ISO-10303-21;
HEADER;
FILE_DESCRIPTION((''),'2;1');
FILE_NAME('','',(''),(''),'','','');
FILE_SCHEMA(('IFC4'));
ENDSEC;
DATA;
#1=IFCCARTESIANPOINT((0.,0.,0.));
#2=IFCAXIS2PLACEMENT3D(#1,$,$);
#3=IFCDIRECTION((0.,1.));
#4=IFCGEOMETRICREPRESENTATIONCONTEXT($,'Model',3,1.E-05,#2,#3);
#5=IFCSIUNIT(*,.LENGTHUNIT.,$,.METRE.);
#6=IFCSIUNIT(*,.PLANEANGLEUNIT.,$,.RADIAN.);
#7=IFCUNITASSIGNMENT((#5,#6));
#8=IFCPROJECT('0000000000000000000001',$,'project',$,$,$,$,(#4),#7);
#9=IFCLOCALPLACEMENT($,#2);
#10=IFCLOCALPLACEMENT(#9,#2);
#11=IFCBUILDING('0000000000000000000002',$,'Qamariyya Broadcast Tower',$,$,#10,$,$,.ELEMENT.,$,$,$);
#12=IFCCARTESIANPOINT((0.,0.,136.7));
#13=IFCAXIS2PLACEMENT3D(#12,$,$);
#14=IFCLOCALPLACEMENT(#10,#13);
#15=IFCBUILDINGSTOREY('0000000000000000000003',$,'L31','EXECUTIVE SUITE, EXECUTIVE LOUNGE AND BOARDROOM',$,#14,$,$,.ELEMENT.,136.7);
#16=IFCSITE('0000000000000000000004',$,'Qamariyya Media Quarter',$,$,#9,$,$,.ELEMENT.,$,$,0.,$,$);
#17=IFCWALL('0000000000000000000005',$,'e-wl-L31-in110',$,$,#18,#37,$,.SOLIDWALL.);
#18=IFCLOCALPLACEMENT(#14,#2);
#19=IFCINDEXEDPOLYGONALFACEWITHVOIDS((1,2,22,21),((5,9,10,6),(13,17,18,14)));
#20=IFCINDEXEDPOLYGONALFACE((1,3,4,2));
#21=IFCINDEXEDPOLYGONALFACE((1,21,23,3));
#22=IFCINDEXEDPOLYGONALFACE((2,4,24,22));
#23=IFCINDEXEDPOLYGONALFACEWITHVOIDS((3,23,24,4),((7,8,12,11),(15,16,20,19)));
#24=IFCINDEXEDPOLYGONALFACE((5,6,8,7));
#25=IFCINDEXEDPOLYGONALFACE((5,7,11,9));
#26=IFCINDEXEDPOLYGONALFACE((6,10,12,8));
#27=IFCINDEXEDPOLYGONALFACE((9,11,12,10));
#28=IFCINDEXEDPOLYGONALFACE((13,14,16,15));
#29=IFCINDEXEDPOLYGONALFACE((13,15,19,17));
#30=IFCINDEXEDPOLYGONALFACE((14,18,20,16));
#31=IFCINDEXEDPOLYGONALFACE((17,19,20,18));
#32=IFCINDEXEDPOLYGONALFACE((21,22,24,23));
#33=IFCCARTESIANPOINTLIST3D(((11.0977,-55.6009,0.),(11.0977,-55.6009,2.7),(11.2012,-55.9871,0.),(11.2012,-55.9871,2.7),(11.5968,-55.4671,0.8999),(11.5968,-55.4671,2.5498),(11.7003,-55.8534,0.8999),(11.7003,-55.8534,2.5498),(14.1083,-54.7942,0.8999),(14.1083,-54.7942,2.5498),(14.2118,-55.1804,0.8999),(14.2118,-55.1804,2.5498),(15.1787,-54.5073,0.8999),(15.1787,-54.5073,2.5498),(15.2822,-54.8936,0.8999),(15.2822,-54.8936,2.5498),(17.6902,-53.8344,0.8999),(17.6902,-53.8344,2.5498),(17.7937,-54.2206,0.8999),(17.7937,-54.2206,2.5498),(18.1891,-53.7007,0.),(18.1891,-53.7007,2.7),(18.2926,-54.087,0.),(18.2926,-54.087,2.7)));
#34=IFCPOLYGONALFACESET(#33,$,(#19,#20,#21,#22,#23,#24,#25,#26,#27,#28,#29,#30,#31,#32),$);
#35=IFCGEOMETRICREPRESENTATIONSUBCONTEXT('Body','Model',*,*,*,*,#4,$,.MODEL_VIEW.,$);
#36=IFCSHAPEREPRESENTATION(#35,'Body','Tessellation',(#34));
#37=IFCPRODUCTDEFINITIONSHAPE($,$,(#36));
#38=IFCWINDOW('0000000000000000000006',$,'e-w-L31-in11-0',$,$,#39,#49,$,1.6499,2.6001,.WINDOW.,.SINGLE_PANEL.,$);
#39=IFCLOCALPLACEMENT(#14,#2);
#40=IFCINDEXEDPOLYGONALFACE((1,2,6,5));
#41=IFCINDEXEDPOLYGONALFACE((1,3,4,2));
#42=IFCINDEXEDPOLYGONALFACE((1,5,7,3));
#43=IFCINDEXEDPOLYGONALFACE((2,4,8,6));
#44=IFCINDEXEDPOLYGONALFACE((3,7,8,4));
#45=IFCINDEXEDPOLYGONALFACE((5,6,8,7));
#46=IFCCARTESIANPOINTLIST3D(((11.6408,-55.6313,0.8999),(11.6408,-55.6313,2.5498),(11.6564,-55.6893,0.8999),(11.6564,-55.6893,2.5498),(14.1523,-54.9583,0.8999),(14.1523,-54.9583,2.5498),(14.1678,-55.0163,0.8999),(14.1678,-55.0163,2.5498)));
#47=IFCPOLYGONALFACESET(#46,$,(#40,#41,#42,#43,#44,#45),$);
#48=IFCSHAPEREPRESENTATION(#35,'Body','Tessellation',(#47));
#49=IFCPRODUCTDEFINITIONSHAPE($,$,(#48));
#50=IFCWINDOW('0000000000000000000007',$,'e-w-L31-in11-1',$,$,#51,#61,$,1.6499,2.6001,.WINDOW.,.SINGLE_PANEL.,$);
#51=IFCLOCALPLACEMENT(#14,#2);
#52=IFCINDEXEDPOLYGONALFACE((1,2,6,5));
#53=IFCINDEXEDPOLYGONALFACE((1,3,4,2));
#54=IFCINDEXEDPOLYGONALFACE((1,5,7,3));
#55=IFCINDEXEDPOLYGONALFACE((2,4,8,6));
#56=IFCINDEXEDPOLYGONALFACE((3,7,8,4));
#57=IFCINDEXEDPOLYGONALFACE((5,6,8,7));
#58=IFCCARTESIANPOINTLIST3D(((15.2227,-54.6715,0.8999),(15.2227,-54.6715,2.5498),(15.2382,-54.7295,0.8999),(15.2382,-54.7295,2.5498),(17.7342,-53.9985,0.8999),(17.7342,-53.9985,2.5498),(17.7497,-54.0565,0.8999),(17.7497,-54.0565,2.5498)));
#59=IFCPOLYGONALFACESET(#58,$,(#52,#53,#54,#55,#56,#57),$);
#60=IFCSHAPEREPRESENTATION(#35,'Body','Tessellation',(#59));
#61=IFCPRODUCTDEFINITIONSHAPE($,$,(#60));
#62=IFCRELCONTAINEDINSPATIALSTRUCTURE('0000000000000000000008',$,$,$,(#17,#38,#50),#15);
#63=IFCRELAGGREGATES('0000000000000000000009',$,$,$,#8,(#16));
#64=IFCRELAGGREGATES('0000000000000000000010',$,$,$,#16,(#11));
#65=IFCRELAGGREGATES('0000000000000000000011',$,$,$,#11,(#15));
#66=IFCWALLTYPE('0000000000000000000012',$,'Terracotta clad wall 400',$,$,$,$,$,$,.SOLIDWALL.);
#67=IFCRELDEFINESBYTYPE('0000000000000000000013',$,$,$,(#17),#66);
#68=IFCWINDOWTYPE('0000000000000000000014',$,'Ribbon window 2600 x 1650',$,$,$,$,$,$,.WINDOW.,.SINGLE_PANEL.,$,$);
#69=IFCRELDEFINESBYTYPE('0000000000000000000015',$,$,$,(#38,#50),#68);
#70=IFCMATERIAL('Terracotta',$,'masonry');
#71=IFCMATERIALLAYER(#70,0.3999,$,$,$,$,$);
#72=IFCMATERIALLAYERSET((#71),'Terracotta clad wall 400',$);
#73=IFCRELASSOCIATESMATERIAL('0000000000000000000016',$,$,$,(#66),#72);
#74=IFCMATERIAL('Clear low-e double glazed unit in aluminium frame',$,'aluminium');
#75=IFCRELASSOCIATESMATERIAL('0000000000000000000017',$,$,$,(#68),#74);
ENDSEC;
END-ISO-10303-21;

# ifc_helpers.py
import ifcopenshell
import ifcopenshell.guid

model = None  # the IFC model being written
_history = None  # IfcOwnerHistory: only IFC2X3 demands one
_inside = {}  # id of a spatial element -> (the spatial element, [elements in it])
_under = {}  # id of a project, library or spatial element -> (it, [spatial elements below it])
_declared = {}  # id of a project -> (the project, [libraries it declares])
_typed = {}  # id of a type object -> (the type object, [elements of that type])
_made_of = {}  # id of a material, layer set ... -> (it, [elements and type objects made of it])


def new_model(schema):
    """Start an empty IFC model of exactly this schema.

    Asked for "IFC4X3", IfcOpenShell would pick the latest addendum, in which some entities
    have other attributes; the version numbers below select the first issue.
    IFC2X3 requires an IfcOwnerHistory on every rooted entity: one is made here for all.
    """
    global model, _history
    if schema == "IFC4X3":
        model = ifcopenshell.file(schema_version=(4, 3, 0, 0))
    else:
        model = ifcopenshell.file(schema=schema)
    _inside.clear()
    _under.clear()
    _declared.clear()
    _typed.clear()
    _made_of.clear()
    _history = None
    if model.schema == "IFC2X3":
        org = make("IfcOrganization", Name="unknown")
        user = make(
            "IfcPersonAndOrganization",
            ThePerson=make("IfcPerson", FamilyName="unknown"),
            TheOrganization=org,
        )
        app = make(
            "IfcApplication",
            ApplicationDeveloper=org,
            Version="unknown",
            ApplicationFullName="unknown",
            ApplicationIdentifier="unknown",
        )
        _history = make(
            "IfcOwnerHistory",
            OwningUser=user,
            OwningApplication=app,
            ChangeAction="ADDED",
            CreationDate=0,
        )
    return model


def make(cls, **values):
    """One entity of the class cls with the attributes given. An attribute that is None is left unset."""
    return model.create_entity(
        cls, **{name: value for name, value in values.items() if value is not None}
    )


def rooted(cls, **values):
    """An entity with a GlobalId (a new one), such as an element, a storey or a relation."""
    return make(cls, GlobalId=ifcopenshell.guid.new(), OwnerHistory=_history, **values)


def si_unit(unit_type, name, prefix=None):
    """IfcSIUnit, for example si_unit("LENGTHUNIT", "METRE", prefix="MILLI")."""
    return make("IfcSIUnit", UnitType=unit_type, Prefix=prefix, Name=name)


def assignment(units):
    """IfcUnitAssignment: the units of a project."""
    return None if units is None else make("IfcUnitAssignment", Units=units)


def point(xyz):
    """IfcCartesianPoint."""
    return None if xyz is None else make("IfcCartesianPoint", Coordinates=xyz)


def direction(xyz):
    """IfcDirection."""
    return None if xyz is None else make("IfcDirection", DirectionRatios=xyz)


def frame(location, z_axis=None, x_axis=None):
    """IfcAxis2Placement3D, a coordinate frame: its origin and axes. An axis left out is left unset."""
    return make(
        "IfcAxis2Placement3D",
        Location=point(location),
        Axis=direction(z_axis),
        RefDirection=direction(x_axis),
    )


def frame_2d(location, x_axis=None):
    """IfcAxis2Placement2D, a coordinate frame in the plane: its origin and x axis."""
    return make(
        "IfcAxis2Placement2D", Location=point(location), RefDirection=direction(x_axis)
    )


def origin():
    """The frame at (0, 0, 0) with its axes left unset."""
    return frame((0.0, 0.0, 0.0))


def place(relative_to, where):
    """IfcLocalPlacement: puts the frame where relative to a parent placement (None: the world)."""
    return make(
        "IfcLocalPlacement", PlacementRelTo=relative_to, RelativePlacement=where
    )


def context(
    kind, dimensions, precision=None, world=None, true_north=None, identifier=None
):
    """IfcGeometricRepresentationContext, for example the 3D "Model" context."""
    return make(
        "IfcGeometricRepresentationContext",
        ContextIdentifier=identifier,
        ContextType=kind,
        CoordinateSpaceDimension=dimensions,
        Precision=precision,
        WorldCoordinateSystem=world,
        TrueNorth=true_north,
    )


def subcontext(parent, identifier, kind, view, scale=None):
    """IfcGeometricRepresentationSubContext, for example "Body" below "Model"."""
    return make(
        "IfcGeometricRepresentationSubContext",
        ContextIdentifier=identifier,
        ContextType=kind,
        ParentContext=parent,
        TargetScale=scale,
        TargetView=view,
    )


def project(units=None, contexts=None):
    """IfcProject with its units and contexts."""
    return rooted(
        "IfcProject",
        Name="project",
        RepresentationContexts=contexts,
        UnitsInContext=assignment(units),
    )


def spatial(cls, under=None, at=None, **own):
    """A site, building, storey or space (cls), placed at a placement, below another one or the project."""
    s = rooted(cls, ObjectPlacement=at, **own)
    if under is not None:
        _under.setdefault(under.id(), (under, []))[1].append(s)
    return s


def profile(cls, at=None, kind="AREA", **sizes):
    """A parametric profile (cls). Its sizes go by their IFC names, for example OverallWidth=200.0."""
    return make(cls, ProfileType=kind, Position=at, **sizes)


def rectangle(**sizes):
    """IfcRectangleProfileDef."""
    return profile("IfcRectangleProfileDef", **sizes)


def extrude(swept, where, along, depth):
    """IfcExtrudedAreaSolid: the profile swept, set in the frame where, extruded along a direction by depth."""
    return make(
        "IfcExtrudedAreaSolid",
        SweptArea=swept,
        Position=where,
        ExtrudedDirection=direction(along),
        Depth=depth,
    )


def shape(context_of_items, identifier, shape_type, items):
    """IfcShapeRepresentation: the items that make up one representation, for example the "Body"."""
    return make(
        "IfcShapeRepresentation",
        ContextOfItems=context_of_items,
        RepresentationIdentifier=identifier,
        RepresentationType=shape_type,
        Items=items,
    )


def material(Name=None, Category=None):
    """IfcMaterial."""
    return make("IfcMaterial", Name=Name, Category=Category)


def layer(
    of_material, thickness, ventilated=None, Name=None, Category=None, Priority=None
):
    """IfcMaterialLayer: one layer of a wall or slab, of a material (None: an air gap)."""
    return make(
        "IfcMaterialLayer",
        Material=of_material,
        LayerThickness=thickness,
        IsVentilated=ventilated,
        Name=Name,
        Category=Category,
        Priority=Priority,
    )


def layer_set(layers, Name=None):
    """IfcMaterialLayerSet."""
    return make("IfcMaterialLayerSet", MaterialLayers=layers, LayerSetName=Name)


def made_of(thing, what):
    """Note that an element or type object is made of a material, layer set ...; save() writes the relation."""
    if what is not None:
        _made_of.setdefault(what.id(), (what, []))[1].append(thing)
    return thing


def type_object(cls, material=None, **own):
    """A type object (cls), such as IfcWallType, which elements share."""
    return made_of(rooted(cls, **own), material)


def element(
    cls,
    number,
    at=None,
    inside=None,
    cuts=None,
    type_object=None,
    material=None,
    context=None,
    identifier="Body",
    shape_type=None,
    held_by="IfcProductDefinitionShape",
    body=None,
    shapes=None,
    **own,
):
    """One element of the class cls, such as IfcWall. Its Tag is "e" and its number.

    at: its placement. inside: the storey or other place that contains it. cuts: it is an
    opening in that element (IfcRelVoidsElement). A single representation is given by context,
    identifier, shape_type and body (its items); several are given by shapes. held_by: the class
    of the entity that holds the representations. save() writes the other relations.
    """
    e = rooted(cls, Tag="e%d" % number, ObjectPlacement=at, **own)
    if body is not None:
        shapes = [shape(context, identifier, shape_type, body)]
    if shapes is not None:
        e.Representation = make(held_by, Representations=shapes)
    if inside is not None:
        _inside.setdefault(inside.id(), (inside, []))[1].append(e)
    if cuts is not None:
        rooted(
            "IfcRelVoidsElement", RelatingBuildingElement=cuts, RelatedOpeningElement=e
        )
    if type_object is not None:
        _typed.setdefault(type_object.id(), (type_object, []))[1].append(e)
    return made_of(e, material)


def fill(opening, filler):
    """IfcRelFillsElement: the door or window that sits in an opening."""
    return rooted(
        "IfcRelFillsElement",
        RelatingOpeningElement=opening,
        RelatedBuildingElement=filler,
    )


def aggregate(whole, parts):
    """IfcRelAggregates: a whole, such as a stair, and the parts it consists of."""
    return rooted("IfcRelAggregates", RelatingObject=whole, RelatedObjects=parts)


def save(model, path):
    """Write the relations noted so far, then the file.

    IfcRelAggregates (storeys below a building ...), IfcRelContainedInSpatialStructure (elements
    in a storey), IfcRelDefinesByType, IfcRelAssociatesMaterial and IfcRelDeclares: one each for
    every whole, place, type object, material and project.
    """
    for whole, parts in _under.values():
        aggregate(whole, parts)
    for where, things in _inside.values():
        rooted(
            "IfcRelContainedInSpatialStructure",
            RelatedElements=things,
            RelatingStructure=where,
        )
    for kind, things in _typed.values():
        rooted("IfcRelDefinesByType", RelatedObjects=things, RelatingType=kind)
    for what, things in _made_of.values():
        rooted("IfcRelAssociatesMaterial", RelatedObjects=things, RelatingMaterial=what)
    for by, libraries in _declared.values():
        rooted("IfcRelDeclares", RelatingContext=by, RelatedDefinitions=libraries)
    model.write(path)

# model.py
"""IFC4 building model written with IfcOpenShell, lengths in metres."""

from ifc_helpers import new_model, si_unit, direction, frame, frame_2d, origin, place, context, subcontext, project, spatial, rectangle, extrude, material, layer, layer_set, type_object, element, fill, save


model = new_model("IFC4")

# Units and contexts
model_context = context("Model", 3, precision=1e-05, world=origin(), true_north=direction((0.0, 1.0)))
body_context = subcontext(model_context, "Body", "Model", "MODEL_VIEW")
ifc_project = project(units=[si_unit("LENGTHUNIT", "METRE"), si_unit("PLANEANGLEUNIT", "RADIAN")], contexts=[model_context])

# Site, building, storey
site_placement = place(None, origin())
site = spatial("IfcSite", under=ifc_project, at=site_placement, Name="Qamariyya Media Quarter", CompositionType="ELEMENT", RefElevation=0.0)
building_placement = place(site_placement, origin())
building = spatial("IfcBuilding", under=site, at=building_placement, Name="Qamariyya Broadcast Tower", CompositionType="ELEMENT")
storey_placement = place(building_placement, frame((0.0, 0.0, 136.7)))
storey = spatial("IfcBuildingStorey", under=building, at=storey_placement, Name="L31", Description="EXECUTIVE SUITE, EXECUTIVE LOUNGE AND BOARDROOM", CompositionType="ELEMENT", Elevation=136.7)

# Wall, openings, windows
ifc_material_1 = material(Name="Terracotta", Category="masonry")
ifc_layer_1 = layer(ifc_material_1, 0.3999)
ifc_layer_set_1 = layer_set([ifc_layer_1], Name="Terracotta clad wall 400")
wall_type_1 = type_object("IfcWallType", Name="Terracotta clad wall 400", PredefinedType="SOLIDWALL", material=ifc_layer_set_1)
wall_1_placement = place(storey_placement, frame((18.241, -53.8938, 0.0), z_axis=(0.0, 0.0, 1.0), x_axis=(-0.965925, -0.258824, 0.0)))
wall_1 = element("IfcWall", 1, at=wall_1_placement, inside=storey, type_object=wall_type_1, Name="e-wl-L31-in110", PredefinedType="SOLIDWALL", context=body_context, shape_type="SweptSolid", body=[
    extrude(rectangle(XDim=7.3416, YDim=0.3999, at=frame_2d((3.6709, 0.0))), origin(), (0.0, 0.0, 1.0), 2.7),
])
opening_1_placement = place(wall_1_placement, frame((4.2249, 0.0, 0.8999)))
opening_1 = element("IfcOpeningElement", 2, at=opening_1_placement, cuts=wall_1, PredefinedType="OPENING", context=body_context, shape_type="SweptSolid", body=[
    extrude(rectangle(XDim=2.6001, YDim=1.6499, at=frame_2d((1.3, 0.825))), frame((0.0, 0.21, 0.0), z_axis=(0.0, -1.0, 0.0), x_axis=(1.0, 0.0, 0.0)), (0.0, 0.0, 1.0), 0.4199),
])
opening_2_placement = place(wall_1_placement, frame((0.5166, 0.0, 0.8999)))
opening_2 = element("IfcOpeningElement", 3, at=opening_2_placement, cuts=wall_1, PredefinedType="OPENING", context=body_context, shape_type="SweptSolid", body=[
    extrude(rectangle(XDim=2.6001, YDim=1.6499, at=frame_2d((1.3, 0.825))), frame((0.0, 0.21, 0.0), z_axis=(0.0, -1.0, 0.0), x_axis=(1.0, 0.0, 0.0)), (0.0, 0.0, 1.0), 0.4199),
])
ifc_material_2 = material(Name="Clear low-e double glazed unit in aluminium frame", Category="aluminium")
window_type = type_object("IfcWindowType", Name="Ribbon window 2600 x 1650", PartitioningType="SINGLE_PANEL", PredefinedType="WINDOW", material=ifc_material_2)
window_1_placement = place(opening_1_placement, origin())
window_1 = element("IfcWindow", 4, at=window_1_placement, inside=storey, type_object=window_type, Name="e-w-L31-in11-0", OverallHeight=1.6499, OverallWidth=2.6001, PartitioningType="SINGLE_PANEL", PredefinedType="WINDOW", context=body_context, shape_type="SweptSolid", body=[
    extrude(rectangle(XDim=2.6001, YDim=1.6499, at=frame_2d((1.3, 0.825))), frame((0.0, 0.03, 0.0), z_axis=(0.0, -1.0, 0.0), x_axis=(1.0, 0.0, 0.0)), (0.0, 0.0, 1.0), 0.0601),
])
fill(opening_1, window_1)
window_2_placement = place(opening_2_placement, origin())
window_2 = element("IfcWindow", 5, at=window_2_placement, inside=storey, type_object=window_type, Name="e-w-L31-in11-1", OverallHeight=1.6499, OverallWidth=2.6001, PartitioningType="SINGLE_PANEL", PredefinedType="WINDOW", context=body_context, shape_type="SweptSolid", body=[
    extrude(rectangle(XDim=2.6001, YDim=1.6499, at=frame_2d((1.3, 0.825))), frame((0.0, 0.03, 0.0), z_axis=(0.0, -1.0, 0.0), x_axis=(1.0, 0.0, 0.0)), (0.0, 0.0, 1.0), 0.0601),
])
fill(opening_2, window_2)

save(model, "model.ifc")
